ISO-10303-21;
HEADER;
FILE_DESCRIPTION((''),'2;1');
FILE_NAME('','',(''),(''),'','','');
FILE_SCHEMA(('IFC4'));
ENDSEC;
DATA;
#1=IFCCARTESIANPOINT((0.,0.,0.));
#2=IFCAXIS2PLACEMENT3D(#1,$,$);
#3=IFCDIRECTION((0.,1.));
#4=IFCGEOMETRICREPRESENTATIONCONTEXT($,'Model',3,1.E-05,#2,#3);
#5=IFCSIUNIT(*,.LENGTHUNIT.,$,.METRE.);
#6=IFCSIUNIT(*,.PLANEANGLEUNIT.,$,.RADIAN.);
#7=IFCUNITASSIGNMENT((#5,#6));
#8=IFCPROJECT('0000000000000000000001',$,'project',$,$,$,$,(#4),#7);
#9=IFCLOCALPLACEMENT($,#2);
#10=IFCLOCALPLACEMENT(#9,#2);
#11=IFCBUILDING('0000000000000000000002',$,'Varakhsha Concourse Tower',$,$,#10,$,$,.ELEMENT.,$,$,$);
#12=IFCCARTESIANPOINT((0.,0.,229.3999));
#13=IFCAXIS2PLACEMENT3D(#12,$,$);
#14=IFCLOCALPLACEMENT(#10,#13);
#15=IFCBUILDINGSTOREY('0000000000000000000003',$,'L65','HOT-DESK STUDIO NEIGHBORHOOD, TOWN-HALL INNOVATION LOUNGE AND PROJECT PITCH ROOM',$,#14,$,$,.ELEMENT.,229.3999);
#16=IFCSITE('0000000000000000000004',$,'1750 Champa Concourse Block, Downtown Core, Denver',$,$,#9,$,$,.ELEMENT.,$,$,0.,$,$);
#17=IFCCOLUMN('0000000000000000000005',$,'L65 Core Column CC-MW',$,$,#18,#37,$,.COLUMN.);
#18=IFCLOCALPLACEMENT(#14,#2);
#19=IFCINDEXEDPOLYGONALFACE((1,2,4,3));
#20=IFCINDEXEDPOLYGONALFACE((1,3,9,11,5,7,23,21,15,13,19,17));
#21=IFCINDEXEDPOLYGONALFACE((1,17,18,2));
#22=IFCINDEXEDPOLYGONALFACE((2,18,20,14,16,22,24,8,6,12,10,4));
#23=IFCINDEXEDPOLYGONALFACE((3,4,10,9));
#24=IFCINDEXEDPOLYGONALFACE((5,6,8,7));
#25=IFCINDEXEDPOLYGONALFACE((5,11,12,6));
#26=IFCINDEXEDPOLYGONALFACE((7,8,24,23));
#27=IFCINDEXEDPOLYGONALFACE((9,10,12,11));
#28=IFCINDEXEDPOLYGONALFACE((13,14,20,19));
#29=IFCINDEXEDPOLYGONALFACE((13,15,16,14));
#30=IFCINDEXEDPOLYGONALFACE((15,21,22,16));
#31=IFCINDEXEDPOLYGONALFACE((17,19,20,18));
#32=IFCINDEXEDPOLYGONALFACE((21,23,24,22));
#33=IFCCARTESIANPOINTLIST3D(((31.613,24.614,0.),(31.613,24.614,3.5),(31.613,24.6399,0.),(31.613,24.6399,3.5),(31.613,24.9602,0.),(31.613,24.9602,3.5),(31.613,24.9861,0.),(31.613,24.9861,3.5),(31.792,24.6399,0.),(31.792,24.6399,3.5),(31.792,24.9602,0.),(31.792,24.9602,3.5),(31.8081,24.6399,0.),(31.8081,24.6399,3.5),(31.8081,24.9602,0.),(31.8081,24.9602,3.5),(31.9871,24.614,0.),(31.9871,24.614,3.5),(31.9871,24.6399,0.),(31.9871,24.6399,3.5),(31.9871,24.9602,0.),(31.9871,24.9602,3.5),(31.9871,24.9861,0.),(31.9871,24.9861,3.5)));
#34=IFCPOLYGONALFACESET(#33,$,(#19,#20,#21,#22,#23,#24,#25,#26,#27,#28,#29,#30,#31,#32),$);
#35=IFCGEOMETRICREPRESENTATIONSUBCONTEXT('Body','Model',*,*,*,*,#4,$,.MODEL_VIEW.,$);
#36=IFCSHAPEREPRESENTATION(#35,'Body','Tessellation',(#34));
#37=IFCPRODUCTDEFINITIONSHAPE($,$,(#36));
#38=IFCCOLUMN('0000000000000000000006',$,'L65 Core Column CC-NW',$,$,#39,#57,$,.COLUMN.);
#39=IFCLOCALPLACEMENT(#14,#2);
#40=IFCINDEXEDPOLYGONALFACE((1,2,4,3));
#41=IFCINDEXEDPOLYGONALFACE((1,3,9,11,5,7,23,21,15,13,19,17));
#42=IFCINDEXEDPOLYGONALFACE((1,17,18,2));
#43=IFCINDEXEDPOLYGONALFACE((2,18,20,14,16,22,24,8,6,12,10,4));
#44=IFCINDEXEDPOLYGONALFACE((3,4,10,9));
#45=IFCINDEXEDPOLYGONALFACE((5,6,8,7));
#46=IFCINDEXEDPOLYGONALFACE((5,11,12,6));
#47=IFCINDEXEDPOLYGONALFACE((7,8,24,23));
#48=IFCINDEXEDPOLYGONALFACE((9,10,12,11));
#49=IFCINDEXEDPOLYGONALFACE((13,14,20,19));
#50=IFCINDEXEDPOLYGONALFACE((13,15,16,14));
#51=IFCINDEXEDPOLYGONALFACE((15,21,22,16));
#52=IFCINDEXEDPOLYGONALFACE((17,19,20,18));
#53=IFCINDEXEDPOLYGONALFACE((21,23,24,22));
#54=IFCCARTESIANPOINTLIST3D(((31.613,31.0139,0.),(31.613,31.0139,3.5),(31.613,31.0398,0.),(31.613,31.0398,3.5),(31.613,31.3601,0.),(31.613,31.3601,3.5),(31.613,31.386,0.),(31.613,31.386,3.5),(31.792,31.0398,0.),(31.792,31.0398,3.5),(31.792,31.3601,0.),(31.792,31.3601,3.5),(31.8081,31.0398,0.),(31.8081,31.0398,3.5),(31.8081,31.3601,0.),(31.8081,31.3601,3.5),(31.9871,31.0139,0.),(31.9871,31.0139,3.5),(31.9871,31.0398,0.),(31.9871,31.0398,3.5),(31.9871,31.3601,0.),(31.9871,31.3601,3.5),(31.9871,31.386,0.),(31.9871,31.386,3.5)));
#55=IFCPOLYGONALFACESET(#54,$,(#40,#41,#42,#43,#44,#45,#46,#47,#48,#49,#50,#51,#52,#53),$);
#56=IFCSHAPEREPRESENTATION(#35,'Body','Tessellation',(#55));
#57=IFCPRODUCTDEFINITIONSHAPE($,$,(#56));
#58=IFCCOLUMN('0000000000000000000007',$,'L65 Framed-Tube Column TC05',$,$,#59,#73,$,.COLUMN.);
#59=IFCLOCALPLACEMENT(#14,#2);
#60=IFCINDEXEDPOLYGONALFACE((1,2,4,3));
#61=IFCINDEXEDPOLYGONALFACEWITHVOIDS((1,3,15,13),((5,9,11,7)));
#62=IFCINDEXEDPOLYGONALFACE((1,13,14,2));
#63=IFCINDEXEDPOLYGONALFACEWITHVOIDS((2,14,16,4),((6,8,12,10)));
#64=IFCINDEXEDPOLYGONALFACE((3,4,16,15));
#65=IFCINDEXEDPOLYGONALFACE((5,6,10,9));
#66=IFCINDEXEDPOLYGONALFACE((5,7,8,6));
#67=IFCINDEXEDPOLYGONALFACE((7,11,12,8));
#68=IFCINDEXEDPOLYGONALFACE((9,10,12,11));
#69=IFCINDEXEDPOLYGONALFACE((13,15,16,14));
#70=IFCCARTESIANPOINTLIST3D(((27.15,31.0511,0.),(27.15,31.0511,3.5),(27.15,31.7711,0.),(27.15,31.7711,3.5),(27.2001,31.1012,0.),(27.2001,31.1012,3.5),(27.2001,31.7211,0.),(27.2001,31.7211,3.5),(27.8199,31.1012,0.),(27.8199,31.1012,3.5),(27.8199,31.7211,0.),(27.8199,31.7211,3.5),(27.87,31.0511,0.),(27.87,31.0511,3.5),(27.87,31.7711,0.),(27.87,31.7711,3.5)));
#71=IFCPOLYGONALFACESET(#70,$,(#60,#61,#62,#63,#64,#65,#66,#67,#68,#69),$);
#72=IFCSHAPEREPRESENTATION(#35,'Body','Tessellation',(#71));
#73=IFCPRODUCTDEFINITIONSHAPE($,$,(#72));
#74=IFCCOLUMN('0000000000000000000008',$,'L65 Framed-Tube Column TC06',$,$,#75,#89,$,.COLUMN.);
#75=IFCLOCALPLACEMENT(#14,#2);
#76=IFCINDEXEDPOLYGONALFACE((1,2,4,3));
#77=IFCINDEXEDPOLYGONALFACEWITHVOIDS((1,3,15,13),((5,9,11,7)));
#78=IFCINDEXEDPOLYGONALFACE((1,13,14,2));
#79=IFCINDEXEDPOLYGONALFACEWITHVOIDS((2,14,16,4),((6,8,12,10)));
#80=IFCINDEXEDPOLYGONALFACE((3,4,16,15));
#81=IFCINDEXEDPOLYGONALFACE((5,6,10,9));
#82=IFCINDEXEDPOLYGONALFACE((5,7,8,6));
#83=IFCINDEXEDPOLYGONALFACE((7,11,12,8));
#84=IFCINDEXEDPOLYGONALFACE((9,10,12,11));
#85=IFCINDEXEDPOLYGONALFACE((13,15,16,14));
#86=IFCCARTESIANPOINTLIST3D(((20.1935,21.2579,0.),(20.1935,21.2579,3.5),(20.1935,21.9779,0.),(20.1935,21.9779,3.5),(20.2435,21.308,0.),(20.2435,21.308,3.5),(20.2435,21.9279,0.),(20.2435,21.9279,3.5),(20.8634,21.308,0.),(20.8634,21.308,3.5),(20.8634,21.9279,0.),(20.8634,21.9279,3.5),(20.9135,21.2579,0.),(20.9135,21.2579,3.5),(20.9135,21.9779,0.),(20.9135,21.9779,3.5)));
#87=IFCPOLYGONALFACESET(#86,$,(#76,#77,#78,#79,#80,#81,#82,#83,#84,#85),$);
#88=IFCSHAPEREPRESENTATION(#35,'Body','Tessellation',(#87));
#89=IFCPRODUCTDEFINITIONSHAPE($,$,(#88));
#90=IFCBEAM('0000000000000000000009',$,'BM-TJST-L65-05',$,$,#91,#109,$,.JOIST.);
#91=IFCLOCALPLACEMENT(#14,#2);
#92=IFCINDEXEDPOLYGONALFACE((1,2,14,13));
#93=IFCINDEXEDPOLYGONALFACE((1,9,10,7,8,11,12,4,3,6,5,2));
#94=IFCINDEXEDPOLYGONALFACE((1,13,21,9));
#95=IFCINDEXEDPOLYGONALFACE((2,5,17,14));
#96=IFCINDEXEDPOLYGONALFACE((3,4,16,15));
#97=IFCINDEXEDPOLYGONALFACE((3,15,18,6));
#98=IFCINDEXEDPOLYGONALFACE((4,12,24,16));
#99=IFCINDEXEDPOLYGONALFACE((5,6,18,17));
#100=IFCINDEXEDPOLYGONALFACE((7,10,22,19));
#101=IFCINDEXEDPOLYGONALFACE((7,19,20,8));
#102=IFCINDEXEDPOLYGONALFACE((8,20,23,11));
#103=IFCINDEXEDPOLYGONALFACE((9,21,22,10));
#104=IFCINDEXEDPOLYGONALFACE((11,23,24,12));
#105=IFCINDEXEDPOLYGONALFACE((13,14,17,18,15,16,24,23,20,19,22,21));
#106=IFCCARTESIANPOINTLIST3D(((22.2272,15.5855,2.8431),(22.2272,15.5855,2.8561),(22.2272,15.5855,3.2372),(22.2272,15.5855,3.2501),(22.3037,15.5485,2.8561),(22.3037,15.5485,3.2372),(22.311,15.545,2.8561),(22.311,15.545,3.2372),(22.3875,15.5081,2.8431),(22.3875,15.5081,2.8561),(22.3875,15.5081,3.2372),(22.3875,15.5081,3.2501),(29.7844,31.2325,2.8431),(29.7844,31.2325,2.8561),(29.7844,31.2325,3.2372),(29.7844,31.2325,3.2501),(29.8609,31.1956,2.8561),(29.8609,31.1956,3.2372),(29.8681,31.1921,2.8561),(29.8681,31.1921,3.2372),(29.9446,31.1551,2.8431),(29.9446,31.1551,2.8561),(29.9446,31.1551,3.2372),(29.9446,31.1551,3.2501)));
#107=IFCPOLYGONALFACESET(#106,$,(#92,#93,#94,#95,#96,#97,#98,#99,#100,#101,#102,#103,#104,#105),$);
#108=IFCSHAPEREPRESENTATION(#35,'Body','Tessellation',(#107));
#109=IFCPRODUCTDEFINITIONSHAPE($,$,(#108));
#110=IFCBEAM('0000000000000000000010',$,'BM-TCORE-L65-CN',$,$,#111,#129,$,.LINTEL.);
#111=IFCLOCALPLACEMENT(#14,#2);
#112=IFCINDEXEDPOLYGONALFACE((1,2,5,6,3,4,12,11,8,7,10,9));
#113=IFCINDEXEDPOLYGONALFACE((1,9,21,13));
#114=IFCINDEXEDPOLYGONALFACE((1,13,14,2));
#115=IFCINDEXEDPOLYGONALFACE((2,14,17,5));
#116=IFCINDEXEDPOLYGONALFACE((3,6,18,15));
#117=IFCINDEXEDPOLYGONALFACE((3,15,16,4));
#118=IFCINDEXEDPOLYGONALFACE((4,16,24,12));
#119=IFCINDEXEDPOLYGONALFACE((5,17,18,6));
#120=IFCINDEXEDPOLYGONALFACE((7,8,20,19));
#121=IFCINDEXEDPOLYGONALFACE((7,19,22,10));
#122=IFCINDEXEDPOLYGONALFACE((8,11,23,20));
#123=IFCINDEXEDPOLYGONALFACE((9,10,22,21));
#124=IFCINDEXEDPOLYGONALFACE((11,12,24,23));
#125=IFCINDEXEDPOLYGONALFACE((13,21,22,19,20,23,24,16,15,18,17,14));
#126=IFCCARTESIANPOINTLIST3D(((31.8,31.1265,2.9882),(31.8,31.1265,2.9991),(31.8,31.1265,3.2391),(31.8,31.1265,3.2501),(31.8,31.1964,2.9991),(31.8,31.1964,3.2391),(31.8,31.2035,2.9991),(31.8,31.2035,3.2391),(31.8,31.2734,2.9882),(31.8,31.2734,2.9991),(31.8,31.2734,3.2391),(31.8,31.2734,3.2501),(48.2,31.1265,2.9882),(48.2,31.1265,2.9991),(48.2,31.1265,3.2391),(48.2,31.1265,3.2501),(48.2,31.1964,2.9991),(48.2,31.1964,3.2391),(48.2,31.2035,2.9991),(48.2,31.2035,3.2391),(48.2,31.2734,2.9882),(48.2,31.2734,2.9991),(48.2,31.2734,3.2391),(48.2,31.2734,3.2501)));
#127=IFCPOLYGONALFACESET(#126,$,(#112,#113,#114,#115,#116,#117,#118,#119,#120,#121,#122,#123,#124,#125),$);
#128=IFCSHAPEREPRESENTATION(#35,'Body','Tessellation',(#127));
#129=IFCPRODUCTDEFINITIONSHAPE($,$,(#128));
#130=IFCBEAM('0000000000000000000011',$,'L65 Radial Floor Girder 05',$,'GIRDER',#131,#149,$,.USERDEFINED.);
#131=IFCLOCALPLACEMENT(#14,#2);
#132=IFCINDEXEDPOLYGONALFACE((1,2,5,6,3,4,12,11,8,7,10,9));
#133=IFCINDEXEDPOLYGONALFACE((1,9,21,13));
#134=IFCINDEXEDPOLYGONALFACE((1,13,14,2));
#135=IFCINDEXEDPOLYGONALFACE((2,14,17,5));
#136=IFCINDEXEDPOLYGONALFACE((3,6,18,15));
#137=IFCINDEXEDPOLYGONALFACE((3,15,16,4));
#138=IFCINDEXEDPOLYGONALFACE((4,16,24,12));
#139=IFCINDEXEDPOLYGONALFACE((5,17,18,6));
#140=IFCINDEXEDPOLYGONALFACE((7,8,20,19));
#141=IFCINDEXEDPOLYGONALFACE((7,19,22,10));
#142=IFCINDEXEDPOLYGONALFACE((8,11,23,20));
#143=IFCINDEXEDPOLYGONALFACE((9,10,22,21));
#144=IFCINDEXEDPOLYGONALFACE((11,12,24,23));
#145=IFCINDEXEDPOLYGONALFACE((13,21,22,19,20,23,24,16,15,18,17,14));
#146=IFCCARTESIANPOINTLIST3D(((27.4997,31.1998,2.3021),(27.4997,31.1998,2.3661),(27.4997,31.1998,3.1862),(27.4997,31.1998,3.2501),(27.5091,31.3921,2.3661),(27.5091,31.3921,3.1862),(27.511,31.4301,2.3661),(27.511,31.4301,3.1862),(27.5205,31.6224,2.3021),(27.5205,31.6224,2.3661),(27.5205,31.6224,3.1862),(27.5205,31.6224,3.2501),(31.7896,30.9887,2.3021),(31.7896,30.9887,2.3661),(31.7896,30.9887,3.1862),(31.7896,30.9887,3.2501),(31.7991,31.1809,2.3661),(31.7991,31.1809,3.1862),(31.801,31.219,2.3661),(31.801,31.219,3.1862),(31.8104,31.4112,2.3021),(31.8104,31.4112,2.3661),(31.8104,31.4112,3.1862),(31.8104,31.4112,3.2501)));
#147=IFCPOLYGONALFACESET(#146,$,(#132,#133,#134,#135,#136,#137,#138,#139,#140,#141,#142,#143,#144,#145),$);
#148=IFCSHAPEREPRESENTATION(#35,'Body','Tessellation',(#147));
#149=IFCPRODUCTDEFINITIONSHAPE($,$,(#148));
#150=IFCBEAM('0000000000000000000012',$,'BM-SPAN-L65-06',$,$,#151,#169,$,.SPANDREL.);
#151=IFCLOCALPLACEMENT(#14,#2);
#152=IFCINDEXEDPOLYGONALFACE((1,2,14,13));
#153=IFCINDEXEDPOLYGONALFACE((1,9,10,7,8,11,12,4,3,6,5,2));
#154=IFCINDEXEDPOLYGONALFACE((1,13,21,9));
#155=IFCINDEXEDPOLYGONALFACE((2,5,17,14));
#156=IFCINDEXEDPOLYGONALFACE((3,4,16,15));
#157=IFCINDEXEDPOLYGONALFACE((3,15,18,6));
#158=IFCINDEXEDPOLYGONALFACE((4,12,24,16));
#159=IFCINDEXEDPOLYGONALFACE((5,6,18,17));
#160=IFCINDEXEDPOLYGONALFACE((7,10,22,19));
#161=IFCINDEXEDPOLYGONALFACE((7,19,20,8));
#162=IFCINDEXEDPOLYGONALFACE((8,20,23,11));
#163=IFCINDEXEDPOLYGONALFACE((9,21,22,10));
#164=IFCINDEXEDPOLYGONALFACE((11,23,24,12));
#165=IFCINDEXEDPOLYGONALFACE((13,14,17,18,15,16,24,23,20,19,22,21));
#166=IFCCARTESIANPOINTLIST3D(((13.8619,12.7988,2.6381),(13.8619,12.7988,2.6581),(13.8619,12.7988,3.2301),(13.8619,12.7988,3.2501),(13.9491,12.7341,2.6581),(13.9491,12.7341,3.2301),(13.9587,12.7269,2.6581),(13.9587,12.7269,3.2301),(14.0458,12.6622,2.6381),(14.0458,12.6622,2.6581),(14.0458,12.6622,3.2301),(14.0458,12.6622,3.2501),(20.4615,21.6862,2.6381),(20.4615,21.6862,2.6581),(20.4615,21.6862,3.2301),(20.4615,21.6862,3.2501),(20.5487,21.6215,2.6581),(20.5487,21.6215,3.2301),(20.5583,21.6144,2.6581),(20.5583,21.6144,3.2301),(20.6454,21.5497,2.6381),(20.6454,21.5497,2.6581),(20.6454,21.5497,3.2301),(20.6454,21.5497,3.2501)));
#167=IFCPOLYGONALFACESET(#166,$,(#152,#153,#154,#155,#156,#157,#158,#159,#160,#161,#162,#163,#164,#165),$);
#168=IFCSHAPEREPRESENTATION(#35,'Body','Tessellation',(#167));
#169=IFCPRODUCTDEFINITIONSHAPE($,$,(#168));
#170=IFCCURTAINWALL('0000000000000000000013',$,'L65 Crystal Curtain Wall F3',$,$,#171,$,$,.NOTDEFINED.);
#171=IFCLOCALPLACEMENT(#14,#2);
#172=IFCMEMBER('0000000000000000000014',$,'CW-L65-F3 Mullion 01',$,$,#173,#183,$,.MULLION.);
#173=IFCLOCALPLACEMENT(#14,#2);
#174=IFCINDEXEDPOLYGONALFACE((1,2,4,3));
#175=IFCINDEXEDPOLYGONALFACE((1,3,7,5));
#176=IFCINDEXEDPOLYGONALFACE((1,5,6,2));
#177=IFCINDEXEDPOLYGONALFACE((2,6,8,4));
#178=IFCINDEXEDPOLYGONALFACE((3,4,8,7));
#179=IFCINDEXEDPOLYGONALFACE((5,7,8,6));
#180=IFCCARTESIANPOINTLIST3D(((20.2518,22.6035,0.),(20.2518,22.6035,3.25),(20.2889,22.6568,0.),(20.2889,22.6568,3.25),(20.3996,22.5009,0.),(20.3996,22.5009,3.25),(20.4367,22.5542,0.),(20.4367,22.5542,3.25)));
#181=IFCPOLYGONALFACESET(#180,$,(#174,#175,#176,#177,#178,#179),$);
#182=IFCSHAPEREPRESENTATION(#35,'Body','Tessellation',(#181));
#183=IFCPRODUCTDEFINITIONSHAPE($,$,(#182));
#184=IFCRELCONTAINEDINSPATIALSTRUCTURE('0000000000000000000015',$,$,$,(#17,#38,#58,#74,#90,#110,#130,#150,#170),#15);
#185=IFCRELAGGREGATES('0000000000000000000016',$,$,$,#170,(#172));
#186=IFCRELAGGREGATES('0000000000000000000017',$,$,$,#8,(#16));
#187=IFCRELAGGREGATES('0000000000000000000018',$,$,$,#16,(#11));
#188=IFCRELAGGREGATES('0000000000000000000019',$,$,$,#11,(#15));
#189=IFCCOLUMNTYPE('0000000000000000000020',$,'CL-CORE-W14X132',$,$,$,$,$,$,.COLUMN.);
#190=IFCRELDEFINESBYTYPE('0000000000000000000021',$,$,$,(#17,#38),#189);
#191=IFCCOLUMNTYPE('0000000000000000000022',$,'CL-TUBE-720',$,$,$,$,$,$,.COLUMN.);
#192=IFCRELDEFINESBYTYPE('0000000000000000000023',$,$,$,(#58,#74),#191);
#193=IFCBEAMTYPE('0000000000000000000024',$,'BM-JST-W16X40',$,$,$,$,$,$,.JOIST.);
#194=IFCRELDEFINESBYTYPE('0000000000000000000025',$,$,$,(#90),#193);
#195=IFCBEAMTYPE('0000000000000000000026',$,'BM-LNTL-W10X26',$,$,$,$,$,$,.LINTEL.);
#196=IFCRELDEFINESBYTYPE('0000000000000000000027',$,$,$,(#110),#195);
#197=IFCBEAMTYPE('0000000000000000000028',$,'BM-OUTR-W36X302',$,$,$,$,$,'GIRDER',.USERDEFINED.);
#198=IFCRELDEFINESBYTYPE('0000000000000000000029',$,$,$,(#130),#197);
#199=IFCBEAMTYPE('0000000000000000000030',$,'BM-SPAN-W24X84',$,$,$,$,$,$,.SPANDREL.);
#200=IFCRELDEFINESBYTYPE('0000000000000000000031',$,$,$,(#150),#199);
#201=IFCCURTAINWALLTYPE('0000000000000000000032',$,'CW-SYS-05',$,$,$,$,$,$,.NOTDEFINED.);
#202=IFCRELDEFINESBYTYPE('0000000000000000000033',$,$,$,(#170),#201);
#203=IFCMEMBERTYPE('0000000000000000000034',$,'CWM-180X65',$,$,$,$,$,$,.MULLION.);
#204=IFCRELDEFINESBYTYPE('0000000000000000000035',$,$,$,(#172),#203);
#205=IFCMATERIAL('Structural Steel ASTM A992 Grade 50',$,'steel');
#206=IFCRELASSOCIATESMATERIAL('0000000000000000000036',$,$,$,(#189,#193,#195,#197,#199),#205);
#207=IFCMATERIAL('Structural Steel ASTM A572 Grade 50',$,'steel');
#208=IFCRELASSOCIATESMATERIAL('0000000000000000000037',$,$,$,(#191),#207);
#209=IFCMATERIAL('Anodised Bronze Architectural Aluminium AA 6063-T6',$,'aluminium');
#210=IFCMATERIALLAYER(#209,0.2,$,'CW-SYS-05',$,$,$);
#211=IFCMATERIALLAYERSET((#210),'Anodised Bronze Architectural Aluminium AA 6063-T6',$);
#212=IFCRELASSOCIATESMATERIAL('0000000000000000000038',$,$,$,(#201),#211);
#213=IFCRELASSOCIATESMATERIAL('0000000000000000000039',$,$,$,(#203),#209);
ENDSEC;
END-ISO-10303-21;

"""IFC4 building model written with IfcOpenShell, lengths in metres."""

from ifc_helpers import new_model, si_unit, direction, frame, origin, origin_2d, place, context, subcontext, project, spatial, rectangle, hollow_rectangle, i_section, extrude, source, transform, mapped, material, layer, layer_set, material_profile, profile_set, type_object, type_shapes, element, aggregate, save


model = new_model("IFC4")

# Units and contexts
model_context = context("Model", 3, precision=1e-05, world=origin(), true_north=direction((0.0, 1.0)))
body_context = subcontext(model_context, "Body", "Model", "MODEL_VIEW")
ifc_project = project(units=[si_unit("LENGTHUNIT", "METRE"), si_unit("PLANEANGLEUNIT", "RADIAN")], contexts=[model_context])

# Site, building, storey
site_placement = place(None, origin())
site = spatial("IfcSite", under=ifc_project, at=site_placement, Name="1750 Champa Concourse Block, Downtown Core, Denver", CompositionType="ELEMENT", RefElevation=0.0)
building_placement = place(site_placement, origin())
building = spatial("IfcBuilding", under=site, at=building_placement, Name="Varakhsha Concourse Tower", CompositionType="ELEMENT")
storey_placement = place(building_placement, frame((0.0, 0.0, 229.3999)))
storey = spatial("IfcBuildingStorey", under=building, at=storey_placement, Name="L65", Description="HOT-DESK STUDIO NEIGHBORHOOD, TOWN-HALL INNOVATION LOUNGE AND PROJECT PITCH ROOM", CompositionType="ELEMENT", Elevation=229.3999)

# Columns
ifc_material_1 = material(Name="Structural Steel ASTM A992 Grade 50", Category="steel")
ifc_material_profile_1 = material_profile(ifc_material_1, i_section(OverallWidth=0.374, OverallDepth=0.3721, WebThickness=0.0161, FlangeThickness=0.0259, at=origin_2d()), Name="W14X132")
ifc_profile_set_1 = profile_set([ifc_material_profile_1], Name="Structural Steel ASTM A992 Grade 50")
column_type_1 = type_object("IfcColumnType", Name="CL-CORE-W14X132", PredefinedType="COLUMN", material=ifc_profile_set_1)
for number, where, z_axis, x_axis, name in (
    (1, (31.8, 24.8, 0.0), (0.0, 0.0, 1.0), (1.0, 0.0, 0.0), "L65 Core Column CC-MW"),
    (2, (31.8, 31.2, 0.0), (0.0, 0.0, 1.0), (1.0, 0.0, 0.0), "L65 Core Column CC-NW"),
):
    element("IfcColumn", number, at=place(storey_placement, frame(where, z_axis=z_axis, x_axis=x_axis)), inside=storey, type_object=column_type_1, Name=name, PredefinedType="COLUMN", context=body_context, shape_type="SweptSolid", body=[
        extrude(i_section(OverallWidth=0.374, OverallDepth=0.3721, WebThickness=0.0161, FlangeThickness=0.0259, at=origin_2d()), origin(), (0.0, 0.0, 1.0), 3.5),
    ])
ifc_material_2 = material(Name="Structural Steel ASTM A572 Grade 50", Category="steel")
ifc_material_profile_2 = material_profile(ifc_material_2, hollow_rectangle(XDim=0.72, YDim=0.72, WallThickness=0.05, at=origin_2d()), Name="BOX 720x720x50")
ifc_profile_set_2 = profile_set([ifc_material_profile_2], Name="Structural Steel ASTM A572 Grade 50")
column_type_2 = type_object("IfcColumnType", Name="CL-TUBE-720", PredefinedType="COLUMN", material=ifc_profile_set_2)
for number, where, z_axis, x_axis, name in (
    (3, (27.51, 31.4111, 0.0), (0.0, 0.0, 1.0), (1.0, 0.0, 0.0), "L65 Framed-Tube Column TC05"),
    (4, (20.5535, 21.6179, 0.0), (0.0, 0.0, 1.0), (1.0, 0.0, 0.0), "L65 Framed-Tube Column TC06"),
):
    element("IfcColumn", number, at=place(storey_placement, frame(where, z_axis=z_axis, x_axis=x_axis)), inside=storey, type_object=column_type_2, Name=name, PredefinedType="COLUMN", context=body_context, shape_type="SweptSolid", body=[
        extrude(hollow_rectangle(XDim=0.72, YDim=0.72, WallThickness=0.05, at=origin_2d()), origin(), (0.0, 0.0, 1.0), 3.5),
    ])

# Beams
ifc_material_profile_3 = material_profile(ifc_material_1, i_section(OverallWidth=0.178, OverallDepth=0.407, WebThickness=0.0081, FlangeThickness=0.0129, at=origin_2d()), Name="W16X40")
ifc_profile_set_3 = profile_set([ifc_material_profile_3], Name="Structural Steel ASTM A992 Grade 50")
beam_type_1 = type_object("IfcBeamType", Name="BM-JST-W16X40", PredefinedType="JOIST", material=ifc_profile_set_3)
beam_1_placement = place(storey_placement, frame((29.8645, 31.1938, 3.0466), z_axis=(-0.434909, -0.900475, 0.0), x_axis=(0.900475, -0.434909, 0.0)))
element("IfcBeam", 5, at=beam_1_placement, inside=storey, type_object=beam_type_1, Name="BM-TJST-L65-05", PredefinedType="JOIST", context=body_context, shape_type="SweptSolid", body=[
    extrude(i_section(OverallWidth=0.178, OverallDepth=0.407, WebThickness=0.0081, FlangeThickness=0.0129, at=origin_2d()), origin(), (0.0, 0.0, 1.0), 17.3765),
])
ifc_material_profile_4 = material_profile(ifc_material_1, i_section(OverallWidth=0.147, OverallDepth=0.262, WebThickness=0.0071, FlangeThickness=0.011, at=origin_2d()), Name="W10X26")
ifc_profile_set_4 = profile_set([ifc_material_profile_4], Name="Structural Steel ASTM A992 Grade 50")
beam_type_2 = type_object("IfcBeamType", Name="BM-LNTL-W10X26", PredefinedType="LINTEL", material=ifc_profile_set_4)
beam_2_placement = place(storey_placement, frame((31.8, 31.2, 3.1191), z_axis=(1.0, 0.0, 0.0), x_axis=(0.0, 1.0, 0.0)))
element("IfcBeam", 6, at=beam_2_placement, inside=storey, type_object=beam_type_2, Name="BM-TCORE-L65-CN", PredefinedType="LINTEL", context=body_context, shape_type="SweptSolid", body=[
    extrude(i_section(OverallWidth=0.147, OverallDepth=0.262, WebThickness=0.0071, FlangeThickness=0.011, at=origin_2d()), origin(), (0.0, 0.0, 1.0), 16.3999),
])
ifc_material_profile_5 = material_profile(ifc_material_1, i_section(OverallWidth=0.4231, OverallDepth=0.948, WebThickness=0.0381, FlangeThickness=0.064, at=origin_2d()), Name="W36X302")
ifc_profile_set_5 = profile_set([ifc_material_profile_5], Name="Structural Steel ASTM A992 Grade 50")
beam_type_3 = type_object("IfcBeamType", Name="BM-OUTR-W36X302", ElementType="GIRDER", PredefinedType="USERDEFINED", material=ifc_profile_set_5)
beam_3_placement = place(storey_placement, frame((31.8, 31.2, 2.7761), z_axis=(-0.998791, 0.049167, 0.0), x_axis=(-0.049167, -0.998791, 0.0)))
element("IfcBeam", 7, at=beam_3_placement, inside=storey, type_object=beam_type_3, Name="L65 Radial Floor Girder 05", ObjectType="GIRDER", PredefinedType="USERDEFINED", context=body_context, shape_type="SweptSolid", body=[
    extrude(i_section(OverallWidth=0.4231, OverallDepth=0.948, WebThickness=0.0381, FlangeThickness=0.064, at=origin_2d()), origin(), (0.0, 0.0, 1.0), 4.2952),
])
ifc_material_profile_6 = material_profile(ifc_material_1, i_section(OverallWidth=0.229, OverallDepth=0.6121, WebThickness=0.012, FlangeThickness=0.02, at=origin_2d()), Name="W24X84")
ifc_profile_set_6 = profile_set([ifc_material_profile_6], Name="Structural Steel ASTM A992 Grade 50")
beam_type_4 = type_object("IfcBeamType", Name="BM-SPAN-W24X84", PredefinedType="SPANDREL", material=ifc_profile_set_6)
beam_4_placement = place(storey_placement, frame((20.5535, 21.6179, 2.9441), z_axis=(-0.596179, -0.802852, 0.0), x_axis=(0.802852, -0.596179, 0.0)))
element("IfcBeam", 8, at=beam_4_placement, inside=storey, type_object=beam_type_4, Name="BM-SPAN-L65-06", PredefinedType="SPANDREL", context=body_context, shape_type="SweptSolid", body=[
    extrude(i_section(OverallWidth=0.229, OverallDepth=0.6121, WebThickness=0.012, FlangeThickness=0.02, at=origin_2d()), origin(), (0.0, 0.0, 1.0), 11.0698),
])

# Curtain wall, member
ifc_material_3 = material(Name="Anodised Bronze Architectural Aluminium AA 6063-T6", Category="aluminium")
ifc_layer_1 = layer(ifc_material_3, 0.2, Name="CW-SYS-05")
ifc_layer_set_1 = layer_set([ifc_layer_1], Name="Anodised Bronze Architectural Aluminium AA 6063-T6")
curtain_wall_type = type_object("IfcCurtainWallType", Name="CW-SYS-05", PredefinedType="NOTDEFINED", material=ifc_layer_set_1)
curtain_wall_placement = place(storey_placement, origin())
curtain_wall = element("IfcCurtainWall", 9, at=curtain_wall_placement, inside=storey, type_object=curtain_wall_type, Name="L65 Crystal Curtain Wall F3", PredefinedType="NOTDEFINED")
ifc_material_profile_7 = material_profile(ifc_material_3, rectangle(XDim=0.0649, YDim=0.1799, at=origin_2d()), Name="CWM-180X65")
ifc_profile_set_7 = profile_set([ifc_material_profile_7], Name="Anodised Bronze Architectural Aluminium AA 6063-T6")
member_type = type_object("IfcMemberType", Name="CWM-180X65", PredefinedType="MULLION", material=ifc_profile_set_7)
shared_shape_1 = source(origin(), body_context, "Body", "SweptSolid", [
    extrude(rectangle(XDim=0.0649, YDim=0.1799, at=origin_2d()), origin(), (0.0, 0.0, 1.0), 3.25),
])
type_shapes(member_type, [shared_shape_1])
member_placement = place(storey_placement, frame((20.3442, 22.5789, 0.0), z_axis=(0.0, 0.0, 1.0), x_axis=(0.570361, 0.821394, 0.0)))
member = element("IfcMember", 10, at=member_placement, type_object=member_type, Name="CW-L65-F3 Mullion 01", PredefinedType="MULLION", context=body_context, shape_type="MappedRepresentation", body=[
    mapped(shared_shape_1, transform((0.0, 0.0, 0.0), scale=1.0)),
])
aggregate(curtain_wall, [member])

save(model, "model.ifc")
